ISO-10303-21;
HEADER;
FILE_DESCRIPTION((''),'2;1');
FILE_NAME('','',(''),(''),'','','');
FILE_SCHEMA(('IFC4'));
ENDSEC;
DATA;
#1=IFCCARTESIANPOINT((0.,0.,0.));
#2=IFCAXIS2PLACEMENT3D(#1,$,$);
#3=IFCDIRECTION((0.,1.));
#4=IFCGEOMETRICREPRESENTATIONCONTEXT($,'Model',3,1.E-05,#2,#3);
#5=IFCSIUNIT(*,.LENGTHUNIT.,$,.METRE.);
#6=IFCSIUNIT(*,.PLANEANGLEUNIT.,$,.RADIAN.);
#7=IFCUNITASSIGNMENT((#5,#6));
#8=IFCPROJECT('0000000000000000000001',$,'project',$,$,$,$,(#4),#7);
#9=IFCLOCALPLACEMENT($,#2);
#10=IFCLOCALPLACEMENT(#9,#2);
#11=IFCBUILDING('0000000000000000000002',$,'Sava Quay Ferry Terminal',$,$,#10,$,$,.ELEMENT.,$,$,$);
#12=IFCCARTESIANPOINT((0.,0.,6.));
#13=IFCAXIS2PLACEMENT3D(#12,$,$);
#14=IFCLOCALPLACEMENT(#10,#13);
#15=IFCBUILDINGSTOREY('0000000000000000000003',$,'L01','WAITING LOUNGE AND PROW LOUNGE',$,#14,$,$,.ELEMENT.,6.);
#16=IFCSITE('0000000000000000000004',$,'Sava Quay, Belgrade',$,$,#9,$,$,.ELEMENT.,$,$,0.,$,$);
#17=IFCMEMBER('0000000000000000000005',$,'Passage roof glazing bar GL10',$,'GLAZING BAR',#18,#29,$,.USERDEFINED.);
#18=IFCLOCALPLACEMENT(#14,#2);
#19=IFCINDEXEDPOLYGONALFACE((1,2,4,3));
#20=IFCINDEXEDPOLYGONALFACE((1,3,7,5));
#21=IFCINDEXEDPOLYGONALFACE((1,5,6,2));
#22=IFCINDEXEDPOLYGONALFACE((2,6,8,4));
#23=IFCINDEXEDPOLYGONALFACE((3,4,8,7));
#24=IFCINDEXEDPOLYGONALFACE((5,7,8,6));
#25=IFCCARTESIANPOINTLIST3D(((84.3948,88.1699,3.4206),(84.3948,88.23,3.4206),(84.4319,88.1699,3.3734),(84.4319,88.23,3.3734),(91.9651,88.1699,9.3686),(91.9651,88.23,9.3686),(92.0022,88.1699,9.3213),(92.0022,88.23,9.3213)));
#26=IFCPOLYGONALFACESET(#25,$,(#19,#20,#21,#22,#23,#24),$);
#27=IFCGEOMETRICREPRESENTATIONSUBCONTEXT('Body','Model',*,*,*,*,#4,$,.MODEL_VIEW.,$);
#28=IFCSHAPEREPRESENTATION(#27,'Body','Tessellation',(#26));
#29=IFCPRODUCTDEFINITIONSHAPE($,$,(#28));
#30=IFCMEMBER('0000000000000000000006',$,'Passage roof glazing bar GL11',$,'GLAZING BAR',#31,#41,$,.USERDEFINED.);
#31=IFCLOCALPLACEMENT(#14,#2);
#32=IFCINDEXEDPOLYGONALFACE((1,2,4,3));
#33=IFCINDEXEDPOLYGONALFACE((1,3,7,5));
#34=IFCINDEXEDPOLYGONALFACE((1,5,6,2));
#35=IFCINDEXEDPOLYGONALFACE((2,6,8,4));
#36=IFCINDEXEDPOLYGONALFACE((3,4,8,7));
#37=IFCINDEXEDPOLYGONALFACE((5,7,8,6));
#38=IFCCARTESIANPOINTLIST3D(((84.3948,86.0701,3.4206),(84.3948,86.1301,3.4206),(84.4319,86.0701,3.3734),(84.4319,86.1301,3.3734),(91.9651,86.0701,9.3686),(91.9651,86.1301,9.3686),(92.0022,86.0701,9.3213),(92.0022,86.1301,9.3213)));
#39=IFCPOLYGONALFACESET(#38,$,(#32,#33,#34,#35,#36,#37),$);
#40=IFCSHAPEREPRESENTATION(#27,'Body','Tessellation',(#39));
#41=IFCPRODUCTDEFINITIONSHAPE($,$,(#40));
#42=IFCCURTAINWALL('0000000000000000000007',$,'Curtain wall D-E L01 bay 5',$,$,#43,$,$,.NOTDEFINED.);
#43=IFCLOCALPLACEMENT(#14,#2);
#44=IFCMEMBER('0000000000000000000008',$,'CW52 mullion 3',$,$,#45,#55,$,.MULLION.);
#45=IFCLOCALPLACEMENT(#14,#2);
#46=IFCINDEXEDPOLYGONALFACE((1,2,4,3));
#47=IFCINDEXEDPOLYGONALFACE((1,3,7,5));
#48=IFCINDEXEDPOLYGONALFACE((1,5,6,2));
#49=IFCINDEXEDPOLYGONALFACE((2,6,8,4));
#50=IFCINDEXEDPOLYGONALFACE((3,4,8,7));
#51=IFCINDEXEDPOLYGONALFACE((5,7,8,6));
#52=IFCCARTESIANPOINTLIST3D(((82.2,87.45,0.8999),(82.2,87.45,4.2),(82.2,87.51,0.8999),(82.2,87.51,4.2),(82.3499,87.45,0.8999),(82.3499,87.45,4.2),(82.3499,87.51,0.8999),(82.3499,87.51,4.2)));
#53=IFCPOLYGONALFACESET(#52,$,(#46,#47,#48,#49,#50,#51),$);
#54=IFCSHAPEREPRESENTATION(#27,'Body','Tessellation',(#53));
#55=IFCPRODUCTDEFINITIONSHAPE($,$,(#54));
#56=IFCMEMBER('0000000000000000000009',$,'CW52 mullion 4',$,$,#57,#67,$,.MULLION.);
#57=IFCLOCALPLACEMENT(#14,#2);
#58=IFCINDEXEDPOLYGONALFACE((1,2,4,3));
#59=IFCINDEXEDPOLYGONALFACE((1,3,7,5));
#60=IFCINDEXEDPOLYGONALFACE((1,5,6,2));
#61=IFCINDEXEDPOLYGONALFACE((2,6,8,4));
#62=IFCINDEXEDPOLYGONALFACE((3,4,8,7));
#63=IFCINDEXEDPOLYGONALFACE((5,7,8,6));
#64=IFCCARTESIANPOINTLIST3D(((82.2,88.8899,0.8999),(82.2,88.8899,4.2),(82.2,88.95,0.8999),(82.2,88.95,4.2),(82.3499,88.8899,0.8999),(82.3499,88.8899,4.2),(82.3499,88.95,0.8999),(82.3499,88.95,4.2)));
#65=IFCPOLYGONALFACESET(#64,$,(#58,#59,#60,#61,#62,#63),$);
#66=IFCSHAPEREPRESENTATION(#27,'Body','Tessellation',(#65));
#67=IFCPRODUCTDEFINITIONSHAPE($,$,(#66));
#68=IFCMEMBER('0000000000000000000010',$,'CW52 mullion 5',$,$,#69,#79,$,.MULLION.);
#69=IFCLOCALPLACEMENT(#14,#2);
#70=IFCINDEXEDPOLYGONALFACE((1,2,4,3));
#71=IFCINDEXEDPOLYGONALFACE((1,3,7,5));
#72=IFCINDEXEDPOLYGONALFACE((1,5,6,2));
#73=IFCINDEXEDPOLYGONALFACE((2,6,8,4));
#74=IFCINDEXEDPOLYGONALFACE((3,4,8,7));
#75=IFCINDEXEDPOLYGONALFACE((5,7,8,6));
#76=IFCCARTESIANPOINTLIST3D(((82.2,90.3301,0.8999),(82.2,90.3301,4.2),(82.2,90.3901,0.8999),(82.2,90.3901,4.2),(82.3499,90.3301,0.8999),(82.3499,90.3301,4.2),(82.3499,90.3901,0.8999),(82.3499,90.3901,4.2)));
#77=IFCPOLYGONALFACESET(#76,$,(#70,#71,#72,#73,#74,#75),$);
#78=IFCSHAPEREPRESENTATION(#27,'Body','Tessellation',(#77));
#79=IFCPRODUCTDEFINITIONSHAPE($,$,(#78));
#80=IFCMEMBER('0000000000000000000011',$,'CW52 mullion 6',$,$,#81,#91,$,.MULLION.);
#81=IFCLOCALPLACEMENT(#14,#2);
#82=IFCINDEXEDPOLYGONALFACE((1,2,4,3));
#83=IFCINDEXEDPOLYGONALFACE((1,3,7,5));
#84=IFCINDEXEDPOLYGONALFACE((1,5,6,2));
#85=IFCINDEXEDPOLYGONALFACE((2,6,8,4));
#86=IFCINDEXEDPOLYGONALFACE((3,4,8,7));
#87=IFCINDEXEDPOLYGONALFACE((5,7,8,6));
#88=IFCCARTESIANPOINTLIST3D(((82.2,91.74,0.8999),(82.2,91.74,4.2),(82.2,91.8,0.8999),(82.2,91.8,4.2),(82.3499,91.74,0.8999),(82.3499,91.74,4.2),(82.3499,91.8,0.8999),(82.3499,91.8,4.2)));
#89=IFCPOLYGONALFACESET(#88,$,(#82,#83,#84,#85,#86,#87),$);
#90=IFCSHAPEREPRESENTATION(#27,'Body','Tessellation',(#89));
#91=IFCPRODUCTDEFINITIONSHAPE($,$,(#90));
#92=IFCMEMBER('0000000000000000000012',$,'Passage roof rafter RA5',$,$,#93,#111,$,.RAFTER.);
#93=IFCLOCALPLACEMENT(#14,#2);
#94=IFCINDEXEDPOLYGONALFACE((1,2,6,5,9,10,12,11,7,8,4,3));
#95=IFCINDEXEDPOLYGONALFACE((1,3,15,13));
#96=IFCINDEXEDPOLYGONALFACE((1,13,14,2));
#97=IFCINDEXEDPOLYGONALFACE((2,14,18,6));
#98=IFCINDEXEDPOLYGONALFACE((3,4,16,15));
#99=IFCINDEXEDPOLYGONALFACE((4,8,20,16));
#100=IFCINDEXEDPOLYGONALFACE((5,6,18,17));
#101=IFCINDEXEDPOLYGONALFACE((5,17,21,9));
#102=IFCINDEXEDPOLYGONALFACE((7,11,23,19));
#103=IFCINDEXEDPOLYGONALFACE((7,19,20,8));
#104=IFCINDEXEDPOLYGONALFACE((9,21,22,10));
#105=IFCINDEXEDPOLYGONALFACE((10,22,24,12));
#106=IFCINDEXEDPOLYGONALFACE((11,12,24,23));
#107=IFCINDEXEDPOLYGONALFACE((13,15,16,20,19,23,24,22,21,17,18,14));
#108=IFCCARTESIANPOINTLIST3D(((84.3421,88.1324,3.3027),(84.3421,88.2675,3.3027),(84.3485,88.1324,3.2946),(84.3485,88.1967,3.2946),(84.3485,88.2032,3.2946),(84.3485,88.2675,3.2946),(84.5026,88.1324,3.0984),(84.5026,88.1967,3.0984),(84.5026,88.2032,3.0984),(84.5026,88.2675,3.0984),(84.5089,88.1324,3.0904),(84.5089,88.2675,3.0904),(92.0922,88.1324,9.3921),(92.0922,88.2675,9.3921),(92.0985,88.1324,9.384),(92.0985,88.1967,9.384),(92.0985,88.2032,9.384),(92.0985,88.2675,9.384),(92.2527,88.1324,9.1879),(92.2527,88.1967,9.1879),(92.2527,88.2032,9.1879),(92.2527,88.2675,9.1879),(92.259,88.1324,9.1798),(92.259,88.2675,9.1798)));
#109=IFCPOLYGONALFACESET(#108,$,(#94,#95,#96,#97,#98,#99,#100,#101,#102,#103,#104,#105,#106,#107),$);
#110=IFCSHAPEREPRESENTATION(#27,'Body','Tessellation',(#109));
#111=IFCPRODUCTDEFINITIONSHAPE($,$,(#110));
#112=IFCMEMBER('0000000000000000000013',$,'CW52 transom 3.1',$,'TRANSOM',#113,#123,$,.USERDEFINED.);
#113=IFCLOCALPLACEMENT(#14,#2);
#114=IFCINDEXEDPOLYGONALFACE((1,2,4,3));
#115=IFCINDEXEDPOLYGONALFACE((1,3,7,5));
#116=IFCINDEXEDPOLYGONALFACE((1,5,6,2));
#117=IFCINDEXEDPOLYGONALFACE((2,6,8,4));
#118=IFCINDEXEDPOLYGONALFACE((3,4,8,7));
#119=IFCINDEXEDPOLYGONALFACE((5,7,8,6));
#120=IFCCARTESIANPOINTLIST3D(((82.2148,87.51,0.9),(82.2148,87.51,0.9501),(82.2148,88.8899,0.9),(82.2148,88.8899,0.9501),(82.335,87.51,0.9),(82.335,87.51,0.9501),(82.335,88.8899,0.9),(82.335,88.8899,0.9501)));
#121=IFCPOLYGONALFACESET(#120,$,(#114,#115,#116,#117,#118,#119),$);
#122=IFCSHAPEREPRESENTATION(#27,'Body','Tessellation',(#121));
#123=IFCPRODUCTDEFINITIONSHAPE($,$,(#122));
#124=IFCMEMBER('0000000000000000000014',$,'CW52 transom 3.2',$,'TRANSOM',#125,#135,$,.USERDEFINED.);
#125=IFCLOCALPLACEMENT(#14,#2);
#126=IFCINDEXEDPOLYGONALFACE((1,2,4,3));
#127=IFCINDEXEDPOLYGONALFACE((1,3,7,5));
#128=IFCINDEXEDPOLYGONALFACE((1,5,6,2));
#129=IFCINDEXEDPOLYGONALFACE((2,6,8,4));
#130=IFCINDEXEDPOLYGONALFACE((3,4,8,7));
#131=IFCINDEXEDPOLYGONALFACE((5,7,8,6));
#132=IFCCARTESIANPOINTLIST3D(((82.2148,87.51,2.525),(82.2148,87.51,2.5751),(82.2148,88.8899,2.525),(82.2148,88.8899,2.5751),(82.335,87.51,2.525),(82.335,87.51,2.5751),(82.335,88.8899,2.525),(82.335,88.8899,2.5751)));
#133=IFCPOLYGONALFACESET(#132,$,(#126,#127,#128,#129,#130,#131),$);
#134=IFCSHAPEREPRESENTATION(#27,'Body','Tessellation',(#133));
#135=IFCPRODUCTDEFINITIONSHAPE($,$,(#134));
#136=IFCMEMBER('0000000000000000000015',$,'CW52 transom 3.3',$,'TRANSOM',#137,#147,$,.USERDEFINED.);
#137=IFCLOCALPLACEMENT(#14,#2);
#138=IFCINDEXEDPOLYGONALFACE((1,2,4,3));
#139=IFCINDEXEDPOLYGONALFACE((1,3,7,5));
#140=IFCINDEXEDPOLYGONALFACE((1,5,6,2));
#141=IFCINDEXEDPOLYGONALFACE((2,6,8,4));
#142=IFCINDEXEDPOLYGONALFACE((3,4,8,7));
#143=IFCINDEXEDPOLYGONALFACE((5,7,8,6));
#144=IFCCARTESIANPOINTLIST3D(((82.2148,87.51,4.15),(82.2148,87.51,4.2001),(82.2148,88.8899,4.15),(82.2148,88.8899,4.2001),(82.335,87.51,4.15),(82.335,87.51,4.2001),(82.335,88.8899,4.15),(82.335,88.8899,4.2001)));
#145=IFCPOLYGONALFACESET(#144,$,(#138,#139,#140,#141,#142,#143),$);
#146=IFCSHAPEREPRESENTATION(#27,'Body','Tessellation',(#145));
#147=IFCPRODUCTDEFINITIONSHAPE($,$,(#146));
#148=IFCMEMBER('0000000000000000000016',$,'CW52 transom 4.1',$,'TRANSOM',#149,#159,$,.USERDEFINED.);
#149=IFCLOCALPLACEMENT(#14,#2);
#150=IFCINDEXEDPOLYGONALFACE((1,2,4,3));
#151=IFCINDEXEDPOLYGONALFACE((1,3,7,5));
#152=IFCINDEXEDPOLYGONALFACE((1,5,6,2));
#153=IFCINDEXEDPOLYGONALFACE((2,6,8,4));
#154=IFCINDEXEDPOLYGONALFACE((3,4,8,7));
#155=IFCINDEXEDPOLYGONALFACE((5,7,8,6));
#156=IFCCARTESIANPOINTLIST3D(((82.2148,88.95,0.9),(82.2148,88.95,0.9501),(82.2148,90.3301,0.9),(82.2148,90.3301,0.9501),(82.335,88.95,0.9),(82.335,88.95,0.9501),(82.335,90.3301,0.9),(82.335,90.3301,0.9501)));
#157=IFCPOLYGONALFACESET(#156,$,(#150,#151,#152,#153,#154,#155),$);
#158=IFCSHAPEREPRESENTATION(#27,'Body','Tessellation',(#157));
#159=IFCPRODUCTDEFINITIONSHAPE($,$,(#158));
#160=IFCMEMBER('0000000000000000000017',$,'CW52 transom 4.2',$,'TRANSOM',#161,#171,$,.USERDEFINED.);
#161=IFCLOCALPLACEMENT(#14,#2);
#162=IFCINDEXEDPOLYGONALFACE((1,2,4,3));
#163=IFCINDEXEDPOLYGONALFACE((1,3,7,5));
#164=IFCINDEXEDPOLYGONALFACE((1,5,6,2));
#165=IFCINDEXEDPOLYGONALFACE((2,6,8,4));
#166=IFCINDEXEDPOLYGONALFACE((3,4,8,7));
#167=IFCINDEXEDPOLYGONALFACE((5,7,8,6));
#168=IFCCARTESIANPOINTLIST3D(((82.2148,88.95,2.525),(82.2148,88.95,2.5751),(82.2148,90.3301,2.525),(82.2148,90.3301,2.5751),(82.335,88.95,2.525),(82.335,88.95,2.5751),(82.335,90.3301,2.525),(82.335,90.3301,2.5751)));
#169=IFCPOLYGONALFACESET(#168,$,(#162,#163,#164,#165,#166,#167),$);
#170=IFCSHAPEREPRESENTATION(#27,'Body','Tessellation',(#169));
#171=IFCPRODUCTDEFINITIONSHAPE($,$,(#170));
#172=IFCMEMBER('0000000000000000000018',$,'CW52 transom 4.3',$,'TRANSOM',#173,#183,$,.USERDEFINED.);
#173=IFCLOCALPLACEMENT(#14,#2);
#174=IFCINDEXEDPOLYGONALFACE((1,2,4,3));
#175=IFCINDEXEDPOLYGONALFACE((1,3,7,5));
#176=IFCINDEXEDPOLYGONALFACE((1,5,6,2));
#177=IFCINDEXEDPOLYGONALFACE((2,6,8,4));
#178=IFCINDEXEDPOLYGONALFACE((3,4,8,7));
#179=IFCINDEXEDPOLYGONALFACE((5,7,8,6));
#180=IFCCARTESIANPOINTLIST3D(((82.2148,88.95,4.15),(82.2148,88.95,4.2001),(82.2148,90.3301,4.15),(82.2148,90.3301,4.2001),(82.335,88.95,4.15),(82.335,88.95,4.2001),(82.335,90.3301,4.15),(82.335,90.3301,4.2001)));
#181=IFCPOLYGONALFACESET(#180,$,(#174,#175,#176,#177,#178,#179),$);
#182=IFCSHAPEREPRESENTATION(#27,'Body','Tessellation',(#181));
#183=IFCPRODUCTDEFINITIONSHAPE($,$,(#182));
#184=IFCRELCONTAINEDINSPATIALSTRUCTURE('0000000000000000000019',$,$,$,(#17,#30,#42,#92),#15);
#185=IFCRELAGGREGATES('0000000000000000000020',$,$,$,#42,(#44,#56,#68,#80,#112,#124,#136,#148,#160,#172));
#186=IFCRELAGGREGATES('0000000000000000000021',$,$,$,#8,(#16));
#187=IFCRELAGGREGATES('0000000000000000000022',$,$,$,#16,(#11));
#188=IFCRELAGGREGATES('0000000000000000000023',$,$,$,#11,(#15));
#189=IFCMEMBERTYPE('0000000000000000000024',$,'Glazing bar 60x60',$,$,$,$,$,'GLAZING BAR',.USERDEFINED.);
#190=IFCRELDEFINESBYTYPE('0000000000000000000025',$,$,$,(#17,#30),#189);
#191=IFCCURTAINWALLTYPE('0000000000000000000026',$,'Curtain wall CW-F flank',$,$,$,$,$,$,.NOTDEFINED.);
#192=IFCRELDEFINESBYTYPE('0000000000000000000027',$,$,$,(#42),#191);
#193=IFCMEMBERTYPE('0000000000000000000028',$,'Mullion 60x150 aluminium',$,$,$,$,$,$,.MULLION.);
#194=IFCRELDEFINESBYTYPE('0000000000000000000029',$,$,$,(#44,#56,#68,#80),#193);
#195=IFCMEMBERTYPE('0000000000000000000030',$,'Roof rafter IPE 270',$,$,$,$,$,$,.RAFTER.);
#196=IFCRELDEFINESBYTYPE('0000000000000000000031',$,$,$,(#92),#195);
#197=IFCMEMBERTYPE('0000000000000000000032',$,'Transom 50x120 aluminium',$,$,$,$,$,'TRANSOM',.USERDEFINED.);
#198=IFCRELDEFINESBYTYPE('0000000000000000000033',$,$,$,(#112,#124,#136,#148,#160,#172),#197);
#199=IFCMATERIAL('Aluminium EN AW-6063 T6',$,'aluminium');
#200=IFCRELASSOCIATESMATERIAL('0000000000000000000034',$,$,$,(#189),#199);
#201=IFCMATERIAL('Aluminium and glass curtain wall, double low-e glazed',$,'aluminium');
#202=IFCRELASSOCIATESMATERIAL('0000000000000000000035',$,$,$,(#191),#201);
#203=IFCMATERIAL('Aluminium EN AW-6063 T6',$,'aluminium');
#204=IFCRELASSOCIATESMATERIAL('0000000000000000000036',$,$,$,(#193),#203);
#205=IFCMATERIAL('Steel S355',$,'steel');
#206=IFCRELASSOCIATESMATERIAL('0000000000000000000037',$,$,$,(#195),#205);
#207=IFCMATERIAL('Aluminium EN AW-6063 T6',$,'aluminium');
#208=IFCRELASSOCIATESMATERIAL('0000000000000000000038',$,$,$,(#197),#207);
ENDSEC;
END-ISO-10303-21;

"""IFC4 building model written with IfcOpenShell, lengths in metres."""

from ifc_helpers import new_model, si_unit, direction, frame, origin, origin_2d, place, context, subcontext, project, spatial, rectangle, i_section, extrude, material, material_profile, profile_set, type_object, element, aggregate, save


model = new_model("IFC4")

# Units and contexts
model_context = context("Model", 3, precision=1e-05, world=origin(), true_north=direction((0.0, 1.0)))
body_context = subcontext(model_context, "Body", "Model", "MODEL_VIEW")
ifc_project = project(units=[si_unit("LENGTHUNIT", "METRE"), si_unit("PLANEANGLEUNIT", "RADIAN")], contexts=[model_context])

# Site, building, storey
site_placement = place(None, origin())
site = spatial("IfcSite", under=ifc_project, at=site_placement, Name="Sava Quay, Belgrade", CompositionType="ELEMENT", RefElevation=0.0)
building_placement = place(site_placement, origin())
building = spatial("IfcBuilding", under=site, at=building_placement, Name="Sava Quay Ferry Terminal", CompositionType="ELEMENT")
storey_placement = place(building_placement, frame((0.0, 0.0, 6.0)))
storey = spatial("IfcBuildingStorey", under=building, at=storey_placement, Name="L01", Description="WAITING LOUNGE AND PROW LOUNGE", CompositionType="ELEMENT", Elevation=6.0)

# Members
ifc_material_1 = material(Name="Aluminium EN AW-6063 T6", Category="aluminium")
ifc_material_profile_1 = material_profile(ifc_material_1, rectangle(XDim=0.0601, YDim=0.0601, at=origin_2d()), Name="Bar 60 x 60")
ifc_profile_set_1 = profile_set([ifc_material_profile_1], Name="Aluminium EN AW-6063 T6")
member_type_1 = type_object("IfcMemberType", Name="Glazing bar 60x60", ElementType="GLAZING BAR", PredefinedType="USERDEFINED", material=ifc_profile_set_1)
for number, where, z_axis, x_axis, name in (
    (1, (84.4133, 88.2, 3.397), (0.786324, 0.0, 0.617815), (0.0, 1.0, 0.0), "Passage roof glazing bar GL10"),
    (2, (84.4133, 86.1001, 3.397), (0.786324, 0.0, 0.617815), (0.0, 1.0, 0.0), "Passage roof glazing bar GL11"),
):
    element("IfcMember", number, at=place(storey_placement, frame(where, z_axis=z_axis, x_axis=x_axis)), inside=storey, type_object=member_type_1, Name=name, ObjectType="GLAZING BAR", PredefinedType="USERDEFINED", context=body_context, shape_type="SweptSolid", body=[
        extrude(rectangle(XDim=0.0601, YDim=0.0601, at=origin_2d()), origin(), (0.0, 0.0, 1.0), 9.6274),
    ])

# Curtain wall, members
ifc_material_2 = material(Name="Aluminium and glass curtain wall, double low-e glazed", Category="aluminium")
curtain_wall_type = type_object("IfcCurtainWallType", Name="Curtain wall CW-F flank", PredefinedType="NOTDEFINED", material=ifc_material_2)
curtain_wall_placement = place(storey_placement, origin())
curtain_wall = element("IfcCurtainWall", 3, at=curtain_wall_placement, inside=storey, type_object=curtain_wall_type, Name="Curtain wall D-E L01 bay 5", PredefinedType="NOTDEFINED")
ifc_material_3 = material(Name="Aluminium EN AW-6063 T6", Category="aluminium")
ifc_material_profile_2 = material_profile(ifc_material_3, rectangle(XDim=0.1499, YDim=0.0601, at=origin_2d()), Name="Mullion 60x150 aluminium")
ifc_profile_set_2 = profile_set([ifc_material_profile_2], Name="Aluminium EN AW-6063 T6")
member_type_2 = type_object("IfcMemberType", Name="Mullion 60x150 aluminium", PredefinedType="MULLION", material=ifc_profile_set_2)
member_1_placement = place(storey_placement, frame((82.2749, 87.48, 0.8999), z_axis=(0.0, 0.0, 1.0), x_axis=(-1.0, 0.0, 0.0)))
member_1 = element("IfcMember", 4, at=member_1_placement, type_object=member_type_2, Name="CW52 mullion 3", PredefinedType="MULLION", context=body_context, shape_type="SweptSolid", body=[
    extrude(rectangle(XDim=0.1499, YDim=0.0601, at=origin_2d()), origin(), (0.0, 0.0, 1.0), 3.3),
])
member_2_placement = place(storey_placement, frame((82.2749, 88.9199, 0.8999), z_axis=(0.0, 0.0, 1.0), x_axis=(-1.0, 0.0, 0.0)))
member_2 = element("IfcMember", 5, at=member_2_placement, type_object=member_type_2, Name="CW52 mullion 4", PredefinedType="MULLION", context=body_context, shape_type="SweptSolid", body=[
    extrude(rectangle(XDim=0.1499, YDim=0.0601, at=origin_2d()), origin(), (0.0, 0.0, 1.0), 3.3),
])
member_3_placement = place(storey_placement, frame((82.2749, 90.3601, 0.8999), z_axis=(0.0, 0.0, 1.0), x_axis=(-1.0, 0.0, 0.0)))
member_3 = element("IfcMember", 6, at=member_3_placement, type_object=member_type_2, Name="CW52 mullion 5", PredefinedType="MULLION", context=body_context, shape_type="SweptSolid", body=[
    extrude(rectangle(XDim=0.1499, YDim=0.0601, at=origin_2d()), origin(), (0.0, 0.0, 1.0), 3.3),
])
member_4_placement = place(storey_placement, frame((82.2749, 91.77, 0.8999), z_axis=(0.0, 0.0, 1.0), x_axis=(-1.0, 0.0, 0.0)))
member_4 = element("IfcMember", 7, at=member_4_placement, type_object=member_type_2, Name="CW52 mullion 6", PredefinedType="MULLION", context=body_context, shape_type="SweptSolid", body=[
    extrude(rectangle(XDim=0.1499, YDim=0.0601, at=origin_2d()), origin(), (0.0, 0.0, 1.0), 3.3),
])

# Members
ifc_material_4 = material(Name="Steel S355", Category="steel")
ifc_material_profile_3 = material_profile(ifc_material_4, i_section(OverallWidth=0.135, OverallDepth=0.27, WebThickness=0.0066, FlangeThickness=0.0103, at=origin_2d()), Name="IPE 270")
ifc_profile_set_3 = profile_set([ifc_material_profile_3], Name="Steel S355")
member_type_3 = type_object("IfcMemberType", Name="Roof rafter IPE 270", PredefinedType="RAFTER", material=ifc_profile_set_3)
member_5_placement = place(storey_placement, frame((84.4255, 88.2, 3.1965), z_axis=(0.786315, 0.0, 0.617826), x_axis=(0.0, 1.0, 0.0)))
element("IfcMember", 8, at=member_5_placement, inside=storey, type_object=member_type_3, Name="Passage roof rafter RA5", PredefinedType="RAFTER", context=body_context, shape_type="SweptSolid", body=[
    extrude(i_section(OverallWidth=0.135, OverallDepth=0.27, WebThickness=0.0066, FlangeThickness=0.0103, at=origin_2d()), origin(), (0.0, 0.0, 1.0), 9.8562),
])
ifc_material_5 = material(Name="Aluminium EN AW-6063 T6", Category="aluminium")
ifc_material_profile_4 = material_profile(ifc_material_5, rectangle(XDim=0.1201, YDim=0.05, at=origin_2d()), Name="Transom 50x120 aluminium")
ifc_profile_set_4 = profile_set([ifc_material_profile_4], Name="Aluminium EN AW-6063 T6")
member_type_4 = type_object("IfcMemberType", Name="Transom 50x120 aluminium", ElementType="TRANSOM", PredefinedType="USERDEFINED", material=ifc_profile_set_4)
member_6_placement = place(storey_placement, frame((82.2749, 87.51, 0.925), z_axis=(0.0, 1.0, 0.0), x_axis=(-1.0, 0.0, 0.0)))
member_6 = element("IfcMember", 9, at=member_6_placement, type_object=member_type_4, Name="CW52 transom 3.1", ObjectType="TRANSOM", PredefinedType="USERDEFINED", context=body_context, shape_type="SweptSolid", body=[
    extrude(rectangle(XDim=0.1201, YDim=0.05, at=origin_2d()), origin(), (0.0, 0.0, 1.0), 1.3799),
])
member_7_placement = place(storey_placement, frame((82.2749, 87.51, 2.55), z_axis=(0.0, 1.0, 0.0), x_axis=(-1.0, 0.0, 0.0)))
member_7 = element("IfcMember", 10, at=member_7_placement, type_object=member_type_4, Name="CW52 transom 3.2", ObjectType="TRANSOM", PredefinedType="USERDEFINED", context=body_context, shape_type="SweptSolid", body=[
    extrude(rectangle(XDim=0.1201, YDim=0.05, at=origin_2d()), origin(), (0.0, 0.0, 1.0), 1.3799),
])
member_8_placement = place(storey_placement, frame((82.2749, 87.51, 4.175), z_axis=(0.0, 1.0, 0.0), x_axis=(-1.0, 0.0, 0.0)))
member_8 = element("IfcMember", 11, at=member_8_placement, type_object=member_type_4, Name="CW52 transom 3.3", ObjectType="TRANSOM", PredefinedType="USERDEFINED", context=body_context, shape_type="SweptSolid", body=[
    extrude(rectangle(XDim=0.1201, YDim=0.05, at=origin_2d()), origin(), (0.0, 0.0, 1.0), 1.3799),
])
member_9_placement = place(storey_placement, frame((82.2749, 88.95, 0.925), z_axis=(0.0, 1.0, 0.0), x_axis=(-1.0, 0.0, 0.0)))
member_9 = element("IfcMember", 12, at=member_9_placement, type_object=member_type_4, Name="CW52 transom 4.1", ObjectType="TRANSOM", PredefinedType="USERDEFINED", context=body_context, shape_type="SweptSolid", body=[
    extrude(rectangle(XDim=0.1201, YDim=0.05, at=origin_2d()), origin(), (0.0, 0.0, 1.0), 1.3801),
])
member_10_placement = place(storey_placement, frame((82.2749, 88.95, 2.55), z_axis=(0.0, 1.0, 0.0), x_axis=(-1.0, 0.0, 0.0)))
member_10 = element("IfcMember", 13, at=member_10_placement, type_object=member_type_4, Name="CW52 transom 4.2", ObjectType="TRANSOM", PredefinedType="USERDEFINED", context=body_context, shape_type="SweptSolid", body=[
    extrude(rectangle(XDim=0.1201, YDim=0.05, at=origin_2d()), origin(), (0.0, 0.0, 1.0), 1.3801),
])
member_11_placement = place(storey_placement, frame((82.2749, 88.95, 4.175), z_axis=(0.0, 1.0, 0.0), x_axis=(-1.0, 0.0, 0.0)))
member_11 = element("IfcMember", 14, at=member_11_placement, type_object=member_type_4, Name="CW52 transom 4.3", ObjectType="TRANSOM", PredefinedType="USERDEFINED", context=body_context, shape_type="SweptSolid", body=[
    extrude(rectangle(XDim=0.1201, YDim=0.05, at=origin_2d()), origin(), (0.0, 0.0, 1.0), 1.3801),
])

aggregate(curtain_wall, [member_1, member_2, member_3, member_4, member_6, member_7, member_8, member_9, member_10, member_11])

save(model, "model.ifc")
